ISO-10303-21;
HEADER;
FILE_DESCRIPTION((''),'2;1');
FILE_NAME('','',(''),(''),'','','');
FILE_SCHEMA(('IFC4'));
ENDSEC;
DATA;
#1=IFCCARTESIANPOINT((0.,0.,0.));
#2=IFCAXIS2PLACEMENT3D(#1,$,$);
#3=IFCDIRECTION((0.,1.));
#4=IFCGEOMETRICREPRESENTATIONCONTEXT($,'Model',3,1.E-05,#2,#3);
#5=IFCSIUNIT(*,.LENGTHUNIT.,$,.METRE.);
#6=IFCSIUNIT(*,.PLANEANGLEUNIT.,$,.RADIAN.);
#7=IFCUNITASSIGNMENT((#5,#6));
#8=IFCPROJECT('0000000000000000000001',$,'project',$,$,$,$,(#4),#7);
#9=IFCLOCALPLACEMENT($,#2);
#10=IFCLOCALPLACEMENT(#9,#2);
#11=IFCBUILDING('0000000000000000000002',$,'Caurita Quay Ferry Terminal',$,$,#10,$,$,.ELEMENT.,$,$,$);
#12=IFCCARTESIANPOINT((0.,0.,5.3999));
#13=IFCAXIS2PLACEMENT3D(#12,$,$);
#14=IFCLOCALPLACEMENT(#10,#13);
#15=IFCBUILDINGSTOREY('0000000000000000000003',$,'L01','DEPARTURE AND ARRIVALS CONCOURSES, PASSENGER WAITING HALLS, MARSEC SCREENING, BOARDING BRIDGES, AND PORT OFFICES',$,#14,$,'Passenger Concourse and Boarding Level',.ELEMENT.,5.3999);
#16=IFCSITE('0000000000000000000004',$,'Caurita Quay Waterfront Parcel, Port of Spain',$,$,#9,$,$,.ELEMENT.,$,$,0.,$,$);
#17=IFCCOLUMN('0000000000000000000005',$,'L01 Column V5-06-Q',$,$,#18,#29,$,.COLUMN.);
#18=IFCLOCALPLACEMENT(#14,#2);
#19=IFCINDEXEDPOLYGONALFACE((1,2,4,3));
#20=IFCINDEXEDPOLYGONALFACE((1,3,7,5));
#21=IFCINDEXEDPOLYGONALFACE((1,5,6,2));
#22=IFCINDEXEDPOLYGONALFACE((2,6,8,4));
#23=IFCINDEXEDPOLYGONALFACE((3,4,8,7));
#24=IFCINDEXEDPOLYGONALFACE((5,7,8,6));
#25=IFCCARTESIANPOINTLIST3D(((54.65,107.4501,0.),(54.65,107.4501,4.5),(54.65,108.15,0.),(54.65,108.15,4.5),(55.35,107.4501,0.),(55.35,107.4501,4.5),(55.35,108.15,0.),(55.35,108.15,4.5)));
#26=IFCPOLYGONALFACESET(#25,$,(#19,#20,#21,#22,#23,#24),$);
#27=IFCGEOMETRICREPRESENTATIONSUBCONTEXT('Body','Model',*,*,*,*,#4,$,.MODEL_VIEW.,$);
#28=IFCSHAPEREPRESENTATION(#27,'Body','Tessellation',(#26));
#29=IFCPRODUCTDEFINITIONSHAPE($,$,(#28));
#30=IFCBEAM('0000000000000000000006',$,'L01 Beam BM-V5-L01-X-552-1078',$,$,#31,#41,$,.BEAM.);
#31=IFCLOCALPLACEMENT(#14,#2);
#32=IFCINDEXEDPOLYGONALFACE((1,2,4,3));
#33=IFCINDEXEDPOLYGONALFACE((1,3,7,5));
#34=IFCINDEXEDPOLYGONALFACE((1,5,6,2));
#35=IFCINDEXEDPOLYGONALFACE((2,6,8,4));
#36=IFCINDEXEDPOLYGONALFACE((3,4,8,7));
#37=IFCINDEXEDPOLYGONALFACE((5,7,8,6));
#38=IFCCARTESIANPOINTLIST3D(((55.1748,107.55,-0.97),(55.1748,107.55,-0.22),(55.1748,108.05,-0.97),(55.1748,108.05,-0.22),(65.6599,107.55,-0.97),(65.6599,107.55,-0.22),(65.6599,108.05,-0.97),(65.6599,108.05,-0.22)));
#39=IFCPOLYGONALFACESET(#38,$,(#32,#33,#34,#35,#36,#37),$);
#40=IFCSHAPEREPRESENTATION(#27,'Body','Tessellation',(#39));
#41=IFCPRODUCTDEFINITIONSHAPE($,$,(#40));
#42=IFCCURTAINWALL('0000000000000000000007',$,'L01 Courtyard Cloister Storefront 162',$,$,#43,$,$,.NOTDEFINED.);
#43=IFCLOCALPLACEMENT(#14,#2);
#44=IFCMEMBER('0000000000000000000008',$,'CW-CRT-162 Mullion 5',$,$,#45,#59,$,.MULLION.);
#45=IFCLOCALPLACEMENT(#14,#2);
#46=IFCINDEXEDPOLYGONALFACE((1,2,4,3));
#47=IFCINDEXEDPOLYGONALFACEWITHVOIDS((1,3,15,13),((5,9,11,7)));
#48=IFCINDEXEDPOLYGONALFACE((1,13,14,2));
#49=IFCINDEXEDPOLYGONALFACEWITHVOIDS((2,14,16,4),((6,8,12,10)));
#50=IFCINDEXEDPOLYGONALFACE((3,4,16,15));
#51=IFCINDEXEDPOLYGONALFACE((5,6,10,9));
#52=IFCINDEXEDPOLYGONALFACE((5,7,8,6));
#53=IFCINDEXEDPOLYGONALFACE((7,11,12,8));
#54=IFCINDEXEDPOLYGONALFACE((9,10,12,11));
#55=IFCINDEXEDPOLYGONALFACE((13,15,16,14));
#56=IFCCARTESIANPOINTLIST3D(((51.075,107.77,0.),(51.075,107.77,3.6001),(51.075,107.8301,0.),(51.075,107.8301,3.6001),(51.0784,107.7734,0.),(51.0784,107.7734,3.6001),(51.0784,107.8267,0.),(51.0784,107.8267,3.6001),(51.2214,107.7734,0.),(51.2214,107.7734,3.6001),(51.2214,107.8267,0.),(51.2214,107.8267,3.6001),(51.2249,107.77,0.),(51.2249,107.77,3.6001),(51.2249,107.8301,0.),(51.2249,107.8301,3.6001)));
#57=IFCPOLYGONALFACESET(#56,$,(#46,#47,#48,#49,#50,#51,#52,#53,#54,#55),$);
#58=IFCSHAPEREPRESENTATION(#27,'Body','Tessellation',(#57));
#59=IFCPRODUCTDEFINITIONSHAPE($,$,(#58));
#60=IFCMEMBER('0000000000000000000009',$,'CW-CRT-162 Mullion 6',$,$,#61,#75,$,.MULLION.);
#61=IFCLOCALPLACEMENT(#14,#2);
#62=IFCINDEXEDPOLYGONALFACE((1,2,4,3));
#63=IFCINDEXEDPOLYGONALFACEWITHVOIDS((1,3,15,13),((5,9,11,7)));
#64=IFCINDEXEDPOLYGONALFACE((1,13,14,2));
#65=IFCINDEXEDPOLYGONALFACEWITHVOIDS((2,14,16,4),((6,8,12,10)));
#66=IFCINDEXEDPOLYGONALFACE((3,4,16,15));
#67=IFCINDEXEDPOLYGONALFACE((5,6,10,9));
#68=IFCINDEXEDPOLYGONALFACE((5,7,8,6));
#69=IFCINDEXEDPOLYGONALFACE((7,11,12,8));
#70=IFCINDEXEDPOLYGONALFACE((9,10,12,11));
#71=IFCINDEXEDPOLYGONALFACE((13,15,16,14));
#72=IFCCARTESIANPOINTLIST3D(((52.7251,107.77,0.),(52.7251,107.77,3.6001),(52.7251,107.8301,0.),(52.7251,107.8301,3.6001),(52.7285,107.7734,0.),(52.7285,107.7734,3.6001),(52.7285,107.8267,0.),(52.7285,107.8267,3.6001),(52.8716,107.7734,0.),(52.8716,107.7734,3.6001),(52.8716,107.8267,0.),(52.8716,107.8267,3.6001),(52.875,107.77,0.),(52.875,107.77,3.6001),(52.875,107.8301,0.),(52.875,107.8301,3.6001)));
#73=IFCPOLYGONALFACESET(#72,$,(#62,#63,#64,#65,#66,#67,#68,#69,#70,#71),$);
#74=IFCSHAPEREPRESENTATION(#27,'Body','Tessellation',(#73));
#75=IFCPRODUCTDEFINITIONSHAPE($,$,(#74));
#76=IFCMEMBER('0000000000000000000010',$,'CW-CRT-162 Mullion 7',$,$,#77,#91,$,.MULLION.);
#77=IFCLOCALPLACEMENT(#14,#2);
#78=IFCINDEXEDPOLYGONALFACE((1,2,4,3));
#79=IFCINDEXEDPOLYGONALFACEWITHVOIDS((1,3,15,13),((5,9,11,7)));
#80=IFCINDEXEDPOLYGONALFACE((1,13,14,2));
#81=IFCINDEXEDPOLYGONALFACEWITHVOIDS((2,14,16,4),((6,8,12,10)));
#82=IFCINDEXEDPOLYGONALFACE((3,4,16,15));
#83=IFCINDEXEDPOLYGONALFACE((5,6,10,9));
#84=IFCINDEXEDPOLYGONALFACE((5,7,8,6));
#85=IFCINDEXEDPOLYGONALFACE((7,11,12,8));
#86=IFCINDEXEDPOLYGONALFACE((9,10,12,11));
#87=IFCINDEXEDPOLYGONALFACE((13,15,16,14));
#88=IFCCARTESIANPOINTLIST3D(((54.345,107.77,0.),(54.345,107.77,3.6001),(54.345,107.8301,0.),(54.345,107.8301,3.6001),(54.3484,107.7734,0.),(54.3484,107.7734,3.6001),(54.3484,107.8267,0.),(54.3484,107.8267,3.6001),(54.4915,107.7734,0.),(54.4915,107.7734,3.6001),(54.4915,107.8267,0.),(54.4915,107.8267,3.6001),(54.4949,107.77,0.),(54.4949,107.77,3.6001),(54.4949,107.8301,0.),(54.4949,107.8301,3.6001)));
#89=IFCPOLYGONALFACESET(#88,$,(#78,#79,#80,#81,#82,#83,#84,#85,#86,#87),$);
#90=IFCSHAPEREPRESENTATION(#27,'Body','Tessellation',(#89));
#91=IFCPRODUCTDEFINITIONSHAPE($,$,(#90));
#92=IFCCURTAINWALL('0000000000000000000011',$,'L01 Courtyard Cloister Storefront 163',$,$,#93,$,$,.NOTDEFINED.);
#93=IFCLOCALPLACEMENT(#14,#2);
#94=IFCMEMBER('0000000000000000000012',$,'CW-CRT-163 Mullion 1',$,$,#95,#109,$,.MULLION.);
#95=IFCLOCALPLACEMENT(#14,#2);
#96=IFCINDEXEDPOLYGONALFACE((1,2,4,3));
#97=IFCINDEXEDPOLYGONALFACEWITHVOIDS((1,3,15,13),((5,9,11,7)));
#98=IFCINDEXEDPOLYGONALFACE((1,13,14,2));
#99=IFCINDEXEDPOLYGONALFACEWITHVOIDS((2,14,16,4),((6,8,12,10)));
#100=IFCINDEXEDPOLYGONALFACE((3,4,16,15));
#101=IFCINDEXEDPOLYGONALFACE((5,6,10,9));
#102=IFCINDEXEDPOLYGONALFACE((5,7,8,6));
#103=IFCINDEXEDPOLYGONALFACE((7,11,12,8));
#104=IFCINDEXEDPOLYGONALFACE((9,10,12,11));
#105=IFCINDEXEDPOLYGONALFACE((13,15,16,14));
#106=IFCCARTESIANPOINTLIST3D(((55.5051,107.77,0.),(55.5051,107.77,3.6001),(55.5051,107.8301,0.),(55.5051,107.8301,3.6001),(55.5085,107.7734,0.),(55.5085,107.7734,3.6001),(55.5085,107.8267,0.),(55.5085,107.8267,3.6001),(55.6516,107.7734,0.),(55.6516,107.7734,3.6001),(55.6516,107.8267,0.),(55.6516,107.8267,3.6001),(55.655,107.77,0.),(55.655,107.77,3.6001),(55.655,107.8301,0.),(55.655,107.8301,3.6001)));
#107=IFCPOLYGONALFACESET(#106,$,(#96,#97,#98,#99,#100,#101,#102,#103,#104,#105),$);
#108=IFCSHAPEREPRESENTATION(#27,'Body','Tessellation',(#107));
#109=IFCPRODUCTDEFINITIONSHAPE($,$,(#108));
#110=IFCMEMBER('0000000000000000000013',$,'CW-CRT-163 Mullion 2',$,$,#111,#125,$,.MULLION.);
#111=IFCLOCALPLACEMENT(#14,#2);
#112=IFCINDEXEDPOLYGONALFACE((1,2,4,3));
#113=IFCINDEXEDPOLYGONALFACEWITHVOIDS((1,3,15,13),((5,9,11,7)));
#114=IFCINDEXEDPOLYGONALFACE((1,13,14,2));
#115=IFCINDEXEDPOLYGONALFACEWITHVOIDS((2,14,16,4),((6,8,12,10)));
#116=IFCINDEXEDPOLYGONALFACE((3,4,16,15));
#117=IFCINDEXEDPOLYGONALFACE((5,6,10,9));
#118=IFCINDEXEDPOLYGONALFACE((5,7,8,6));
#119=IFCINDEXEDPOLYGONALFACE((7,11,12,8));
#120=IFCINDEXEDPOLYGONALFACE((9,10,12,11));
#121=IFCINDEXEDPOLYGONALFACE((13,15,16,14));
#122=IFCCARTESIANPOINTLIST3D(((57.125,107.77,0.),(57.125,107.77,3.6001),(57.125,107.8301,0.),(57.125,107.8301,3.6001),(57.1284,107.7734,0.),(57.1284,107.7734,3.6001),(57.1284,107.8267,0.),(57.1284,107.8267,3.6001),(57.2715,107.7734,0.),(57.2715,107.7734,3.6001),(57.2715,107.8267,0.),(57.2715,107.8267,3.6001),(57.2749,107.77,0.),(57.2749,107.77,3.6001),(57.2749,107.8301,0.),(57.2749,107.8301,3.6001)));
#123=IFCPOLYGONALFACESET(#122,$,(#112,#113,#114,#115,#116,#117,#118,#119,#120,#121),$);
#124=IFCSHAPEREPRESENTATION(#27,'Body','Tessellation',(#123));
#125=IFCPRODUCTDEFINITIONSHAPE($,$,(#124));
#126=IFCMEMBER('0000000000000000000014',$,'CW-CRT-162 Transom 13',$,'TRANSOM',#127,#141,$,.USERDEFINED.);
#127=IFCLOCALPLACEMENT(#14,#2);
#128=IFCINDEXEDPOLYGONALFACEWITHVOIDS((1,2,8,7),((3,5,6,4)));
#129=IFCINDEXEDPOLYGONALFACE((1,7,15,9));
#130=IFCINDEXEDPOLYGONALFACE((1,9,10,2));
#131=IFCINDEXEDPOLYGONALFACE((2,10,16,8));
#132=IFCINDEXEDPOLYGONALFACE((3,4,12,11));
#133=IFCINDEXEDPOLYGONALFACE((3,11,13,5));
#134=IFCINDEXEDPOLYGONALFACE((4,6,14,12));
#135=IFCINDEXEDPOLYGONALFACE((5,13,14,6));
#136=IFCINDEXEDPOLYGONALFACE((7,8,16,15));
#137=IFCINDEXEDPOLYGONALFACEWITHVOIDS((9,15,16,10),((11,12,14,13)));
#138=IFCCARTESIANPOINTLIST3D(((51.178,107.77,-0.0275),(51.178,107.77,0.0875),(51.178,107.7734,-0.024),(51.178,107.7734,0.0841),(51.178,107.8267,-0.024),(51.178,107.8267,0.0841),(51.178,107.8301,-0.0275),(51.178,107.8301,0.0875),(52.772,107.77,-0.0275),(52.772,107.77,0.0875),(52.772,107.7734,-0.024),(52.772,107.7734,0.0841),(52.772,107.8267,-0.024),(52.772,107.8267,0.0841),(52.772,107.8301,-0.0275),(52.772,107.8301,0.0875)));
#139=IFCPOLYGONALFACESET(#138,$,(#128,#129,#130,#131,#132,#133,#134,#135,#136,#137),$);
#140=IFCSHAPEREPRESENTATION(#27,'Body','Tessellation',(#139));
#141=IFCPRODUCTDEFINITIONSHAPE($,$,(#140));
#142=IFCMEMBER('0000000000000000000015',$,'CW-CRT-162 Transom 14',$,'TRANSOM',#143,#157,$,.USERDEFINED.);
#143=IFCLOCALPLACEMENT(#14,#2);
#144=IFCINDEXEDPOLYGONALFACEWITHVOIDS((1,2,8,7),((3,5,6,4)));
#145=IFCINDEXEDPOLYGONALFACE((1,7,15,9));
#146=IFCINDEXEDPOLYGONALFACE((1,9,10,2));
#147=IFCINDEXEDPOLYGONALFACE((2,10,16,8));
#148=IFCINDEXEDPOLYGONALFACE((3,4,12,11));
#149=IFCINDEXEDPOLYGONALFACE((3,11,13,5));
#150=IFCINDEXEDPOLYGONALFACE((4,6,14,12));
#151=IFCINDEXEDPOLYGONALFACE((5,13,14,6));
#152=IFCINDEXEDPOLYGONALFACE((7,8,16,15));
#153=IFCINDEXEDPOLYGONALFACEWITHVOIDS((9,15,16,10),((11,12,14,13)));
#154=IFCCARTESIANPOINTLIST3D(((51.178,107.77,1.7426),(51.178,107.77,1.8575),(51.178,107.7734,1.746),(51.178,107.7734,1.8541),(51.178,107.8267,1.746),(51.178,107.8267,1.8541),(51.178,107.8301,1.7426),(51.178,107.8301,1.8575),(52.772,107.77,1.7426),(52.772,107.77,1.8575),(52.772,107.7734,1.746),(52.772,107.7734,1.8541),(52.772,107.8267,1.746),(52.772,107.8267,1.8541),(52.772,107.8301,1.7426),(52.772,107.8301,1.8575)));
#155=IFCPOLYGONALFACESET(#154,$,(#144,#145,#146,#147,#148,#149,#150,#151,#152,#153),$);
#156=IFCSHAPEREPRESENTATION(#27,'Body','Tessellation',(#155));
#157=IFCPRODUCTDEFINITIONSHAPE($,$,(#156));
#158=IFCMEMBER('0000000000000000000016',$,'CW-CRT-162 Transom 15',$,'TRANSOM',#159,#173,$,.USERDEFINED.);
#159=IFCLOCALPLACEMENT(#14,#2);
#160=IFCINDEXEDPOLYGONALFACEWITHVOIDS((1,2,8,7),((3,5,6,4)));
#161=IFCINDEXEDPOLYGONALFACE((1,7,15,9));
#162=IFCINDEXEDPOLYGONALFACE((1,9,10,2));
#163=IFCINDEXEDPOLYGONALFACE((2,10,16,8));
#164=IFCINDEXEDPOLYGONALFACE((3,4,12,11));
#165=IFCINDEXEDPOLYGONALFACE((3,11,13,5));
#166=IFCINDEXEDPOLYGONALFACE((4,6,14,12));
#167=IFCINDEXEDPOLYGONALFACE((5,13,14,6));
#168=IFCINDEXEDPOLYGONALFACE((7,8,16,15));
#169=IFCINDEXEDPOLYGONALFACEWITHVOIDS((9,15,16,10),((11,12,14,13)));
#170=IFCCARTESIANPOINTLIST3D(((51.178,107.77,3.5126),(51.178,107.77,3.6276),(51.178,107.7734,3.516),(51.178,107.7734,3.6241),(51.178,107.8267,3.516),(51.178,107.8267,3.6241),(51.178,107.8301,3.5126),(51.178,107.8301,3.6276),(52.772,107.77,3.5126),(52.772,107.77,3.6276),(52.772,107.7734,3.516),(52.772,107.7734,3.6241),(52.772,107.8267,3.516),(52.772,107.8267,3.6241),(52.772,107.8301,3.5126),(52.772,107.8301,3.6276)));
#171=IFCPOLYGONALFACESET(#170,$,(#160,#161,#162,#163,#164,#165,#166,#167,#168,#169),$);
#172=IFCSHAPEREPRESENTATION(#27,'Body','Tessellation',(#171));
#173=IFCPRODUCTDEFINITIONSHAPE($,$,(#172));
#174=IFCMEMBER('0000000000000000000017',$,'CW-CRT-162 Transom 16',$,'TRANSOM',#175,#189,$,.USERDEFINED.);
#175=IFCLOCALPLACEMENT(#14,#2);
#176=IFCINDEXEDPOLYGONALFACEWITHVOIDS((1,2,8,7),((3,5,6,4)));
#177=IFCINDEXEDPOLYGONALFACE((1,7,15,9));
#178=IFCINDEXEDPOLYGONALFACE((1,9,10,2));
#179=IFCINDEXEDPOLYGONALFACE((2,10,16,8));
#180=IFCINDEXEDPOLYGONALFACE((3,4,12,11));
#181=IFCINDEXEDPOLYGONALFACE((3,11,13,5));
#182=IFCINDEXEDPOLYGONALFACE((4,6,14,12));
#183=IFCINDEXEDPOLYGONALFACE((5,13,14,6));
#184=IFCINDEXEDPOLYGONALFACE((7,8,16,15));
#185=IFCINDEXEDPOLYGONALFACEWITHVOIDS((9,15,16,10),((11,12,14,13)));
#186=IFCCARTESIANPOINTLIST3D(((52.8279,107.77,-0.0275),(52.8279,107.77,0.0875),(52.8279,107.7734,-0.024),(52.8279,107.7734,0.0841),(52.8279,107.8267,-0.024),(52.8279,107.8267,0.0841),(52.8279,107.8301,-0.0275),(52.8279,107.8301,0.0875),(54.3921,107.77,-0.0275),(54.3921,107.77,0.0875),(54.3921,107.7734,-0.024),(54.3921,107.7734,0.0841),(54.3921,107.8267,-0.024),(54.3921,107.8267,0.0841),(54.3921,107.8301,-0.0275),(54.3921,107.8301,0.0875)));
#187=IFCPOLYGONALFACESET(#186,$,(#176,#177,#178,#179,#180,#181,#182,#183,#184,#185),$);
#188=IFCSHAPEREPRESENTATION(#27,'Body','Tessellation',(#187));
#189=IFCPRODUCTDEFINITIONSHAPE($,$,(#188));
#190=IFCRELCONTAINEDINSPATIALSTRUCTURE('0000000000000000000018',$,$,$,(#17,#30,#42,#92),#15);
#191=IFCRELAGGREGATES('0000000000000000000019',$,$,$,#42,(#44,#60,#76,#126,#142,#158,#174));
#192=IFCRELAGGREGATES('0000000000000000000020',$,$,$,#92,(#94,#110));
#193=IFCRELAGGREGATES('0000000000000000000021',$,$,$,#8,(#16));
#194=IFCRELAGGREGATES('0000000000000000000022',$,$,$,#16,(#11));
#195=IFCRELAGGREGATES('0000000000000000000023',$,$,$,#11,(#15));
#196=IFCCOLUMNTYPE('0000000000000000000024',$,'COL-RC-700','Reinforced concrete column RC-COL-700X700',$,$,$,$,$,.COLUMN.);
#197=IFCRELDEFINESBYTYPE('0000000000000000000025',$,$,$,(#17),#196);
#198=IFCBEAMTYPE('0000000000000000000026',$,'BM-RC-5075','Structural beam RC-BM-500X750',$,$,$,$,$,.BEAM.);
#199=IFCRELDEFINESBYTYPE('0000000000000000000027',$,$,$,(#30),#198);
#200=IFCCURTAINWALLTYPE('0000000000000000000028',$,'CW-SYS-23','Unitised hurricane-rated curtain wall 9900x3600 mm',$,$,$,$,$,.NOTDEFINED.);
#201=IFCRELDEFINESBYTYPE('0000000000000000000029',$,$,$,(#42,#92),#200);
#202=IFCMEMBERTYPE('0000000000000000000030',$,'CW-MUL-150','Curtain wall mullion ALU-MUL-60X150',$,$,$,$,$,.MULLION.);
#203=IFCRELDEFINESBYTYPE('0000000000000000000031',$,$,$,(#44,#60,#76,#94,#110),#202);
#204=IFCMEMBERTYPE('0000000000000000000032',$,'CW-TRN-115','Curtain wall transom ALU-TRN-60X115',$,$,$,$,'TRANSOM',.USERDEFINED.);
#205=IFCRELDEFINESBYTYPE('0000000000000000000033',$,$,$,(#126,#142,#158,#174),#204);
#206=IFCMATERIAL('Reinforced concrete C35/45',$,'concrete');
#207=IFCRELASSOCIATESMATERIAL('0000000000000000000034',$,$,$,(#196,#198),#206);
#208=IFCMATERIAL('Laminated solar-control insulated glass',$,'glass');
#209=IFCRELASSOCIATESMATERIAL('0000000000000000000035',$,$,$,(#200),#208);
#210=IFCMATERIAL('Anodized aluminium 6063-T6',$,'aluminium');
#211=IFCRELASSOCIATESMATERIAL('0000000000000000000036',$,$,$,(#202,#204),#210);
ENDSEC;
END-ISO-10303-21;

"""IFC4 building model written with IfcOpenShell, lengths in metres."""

from ifc_helpers import new_model, si_unit, direction, frame, origin, origin_2d, place, context, subcontext, project, spatial, rectangle, hollow_rectangle, extrude, material, material_profile, profile_set, type_object, element, aggregate, save


model = new_model("IFC4")

# Units and contexts
model_context = context("Model", 3, precision=1e-05, world=origin(), true_north=direction((0.0, 1.0)))
body_context = subcontext(model_context, "Body", "Model", "MODEL_VIEW")
ifc_project = project(units=[si_unit("LENGTHUNIT", "METRE"), si_unit("PLANEANGLEUNIT", "RADIAN")], contexts=[model_context])

# Site, building, storey
site_placement = place(None, origin())
site = spatial("IfcSite", under=ifc_project, at=site_placement, Name="Caurita Quay Waterfront Parcel, Port of Spain", CompositionType="ELEMENT", RefElevation=0.0)
building_placement = place(site_placement, origin())
building = spatial("IfcBuilding", under=site, at=building_placement, Name="Caurita Quay Ferry Terminal", CompositionType="ELEMENT")
storey_placement = place(building_placement, frame((0.0, 0.0, 5.3999)))
storey = spatial("IfcBuildingStorey", under=building, at=storey_placement, Name="L01", Description="DEPARTURE AND ARRIVALS CONCOURSES, PASSENGER WAITING HALLS, MARSEC SCREENING, BOARDING BRIDGES, AND PORT OFFICES", LongName="Passenger Concourse and Boarding Level", CompositionType="ELEMENT", Elevation=5.3999)

# Column
ifc_material_1 = material(Name="Reinforced concrete C35/45", Category="concrete")
ifc_material_profile_1 = material_profile(ifc_material_1, rectangle(XDim=0.7, YDim=0.7, at=origin_2d()), Name="RC-COL-700X700")
ifc_profile_set_1 = profile_set([ifc_material_profile_1], Name="Reinforced concrete C35/45")
column_type = type_object("IfcColumnType", Name="COL-RC-700", Description="Reinforced concrete column RC-COL-700X700", PredefinedType="COLUMN", material=ifc_profile_set_1)
column_placement = place(storey_placement, frame((55.0, 107.8, 0.0), z_axis=(0.0, 0.0, 1.0), x_axis=(1.0, 0.0, 0.0)))
element("IfcColumn", 1, at=column_placement, inside=storey, type_object=column_type, Name="L01 Column V5-06-Q", PredefinedType="COLUMN", context=body_context, shape_type="SweptSolid", body=[
    extrude(rectangle(XDim=0.7, YDim=0.7, at=origin_2d()), origin(), (0.0, 0.0, 1.0), 4.5),
])

# Beam
ifc_material_profile_2 = material_profile(ifc_material_1, rectangle(XDim=0.5, YDim=0.75, at=origin_2d()), Name="RC-BM-500X750")
ifc_profile_set_2 = profile_set([ifc_material_profile_2], Name="Reinforced concrete C35/45")
beam_type = type_object("IfcBeamType", Name="BM-RC-5075", Description="Structural beam RC-BM-500X750", PredefinedType="BEAM", material=ifc_profile_set_2)
beam_placement = place(storey_placement, frame((55.1748, 107.8, -0.595), z_axis=(1.0, 0.0, 0.0), x_axis=(0.0, 1.0, 0.0)))
element("IfcBeam", 2, at=beam_placement, inside=storey, type_object=beam_type, Name="L01 Beam BM-V5-L01-X-552-1078", PredefinedType="BEAM", context=body_context, shape_type="SweptSolid", body=[
    extrude(rectangle(XDim=0.5, YDim=0.75, at=origin_2d()), origin(), (0.0, 0.0, 1.0), 10.4851),
])

# Curtain walls, members
ifc_material_2 = material(Name="Laminated solar-control insulated glass", Category="glass")
curtain_wall_type = type_object("IfcCurtainWallType", Name="CW-SYS-23", Description="Unitised hurricane-rated curtain wall 9900x3600 mm", PredefinedType="NOTDEFINED", material=ifc_material_2)
curtain_wall_1_placement = place(storey_placement, origin())
curtain_wall_1 = element("IfcCurtainWall", 3, at=curtain_wall_1_placement, inside=storey, type_object=curtain_wall_type, Name="L01 Courtyard Cloister Storefront 162", PredefinedType="NOTDEFINED")
ifc_material_3 = material(Name="Anodized aluminium 6063-T6", Category="aluminium")
ifc_material_profile_3 = material_profile(ifc_material_3, hollow_rectangle(XDim=0.0601, YDim=0.1499, WallThickness=0.0034, at=origin_2d()), Name="ALU-MUL-60X150")
ifc_profile_set_3 = profile_set([ifc_material_profile_3], Name="Anodized aluminium 6063-T6")
member_type_1 = type_object("IfcMemberType", Name="CW-MUL-150", Description="Curtain wall mullion ALU-MUL-60X150", PredefinedType="MULLION", material=ifc_profile_set_3)
member_1_placement = place(storey_placement, frame((51.1499, 107.8, 0.0), z_axis=(0.0, 0.0, 1.0), x_axis=(0.0, 1.0, 0.0)))
member_1 = element("IfcMember", 4, at=member_1_placement, type_object=member_type_1, Name="CW-CRT-162 Mullion 5", PredefinedType="MULLION", context=body_context, shape_type="SweptSolid", body=[
    extrude(hollow_rectangle(XDim=0.0601, YDim=0.1499, WallThickness=0.0034, at=origin_2d()), origin(), (0.0, 0.0, 1.0), 3.6001),
])
member_2_placement = place(storey_placement, frame((52.8, 107.8, 0.0), z_axis=(0.0, 0.0, 1.0), x_axis=(0.0, 1.0, 0.0)))
member_2 = element("IfcMember", 5, at=member_2_placement, type_object=member_type_1, Name="CW-CRT-162 Mullion 6", PredefinedType="MULLION", context=body_context, shape_type="SweptSolid", body=[
    extrude(hollow_rectangle(XDim=0.0601, YDim=0.1499, WallThickness=0.0034, at=origin_2d()), origin(), (0.0, 0.0, 1.0), 3.6001),
])
member_3_placement = place(storey_placement, frame((54.4199, 107.8, 0.0), z_axis=(0.0, 0.0, 1.0), x_axis=(0.0, 1.0, 0.0)))
member_3 = element("IfcMember", 6, at=member_3_placement, type_object=member_type_1, Name="CW-CRT-162 Mullion 7", PredefinedType="MULLION", context=body_context, shape_type="SweptSolid", body=[
    extrude(hollow_rectangle(XDim=0.0601, YDim=0.1499, WallThickness=0.0034, at=origin_2d()), origin(), (0.0, 0.0, 1.0), 3.6001),
])
curtain_wall_2_placement = place(storey_placement, origin())
curtain_wall_2 = element("IfcCurtainWall", 7, at=curtain_wall_2_placement, inside=storey, type_object=curtain_wall_type, Name="L01 Courtyard Cloister Storefront 163", PredefinedType="NOTDEFINED")
member_4_placement = place(storey_placement, frame((55.5801, 107.8, 0.0), z_axis=(0.0, 0.0, 1.0), x_axis=(0.0, 1.0, 0.0)))
member_4 = element("IfcMember", 8, at=member_4_placement, type_object=member_type_1, Name="CW-CRT-163 Mullion 1", PredefinedType="MULLION", context=body_context, shape_type="SweptSolid", body=[
    extrude(hollow_rectangle(XDim=0.0601, YDim=0.1499, WallThickness=0.0034, at=origin_2d()), origin(), (0.0, 0.0, 1.0), 3.6001),
])
member_5_placement = place(storey_placement, frame((57.2, 107.8, 0.0), z_axis=(0.0, 0.0, 1.0), x_axis=(0.0, 1.0, 0.0)))
member_5 = element("IfcMember", 9, at=member_5_placement, type_object=member_type_1, Name="CW-CRT-163 Mullion 2", PredefinedType="MULLION", context=body_context, shape_type="SweptSolid", body=[
    extrude(hollow_rectangle(XDim=0.0601, YDim=0.1499, WallThickness=0.0034, at=origin_2d()), origin(), (0.0, 0.0, 1.0), 3.6001),
])

# Members
ifc_material_profile_4 = material_profile(ifc_material_3, hollow_rectangle(XDim=0.0601, YDim=0.115, WallThickness=0.0034, at=origin_2d()), Name="ALU-TRN-60X115")
ifc_profile_set_4 = profile_set([ifc_material_profile_4], Name="Anodized aluminium 6063-T6")
member_type_2 = type_object("IfcMemberType", Name="CW-TRN-115", Description="Curtain wall transom ALU-TRN-60X115", ElementType="TRANSOM", PredefinedType="USERDEFINED", material=ifc_profile_set_4)
member_6_placement = place(storey_placement, frame((51.178, 107.8, 0.03), z_axis=(1.0, 0.0, 0.0), x_axis=(0.0, 1.0, 0.0)))
member_6 = element("IfcMember", 10, at=member_6_placement, type_object=member_type_2, Name="CW-CRT-162 Transom 13", ObjectType="TRANSOM", PredefinedType="USERDEFINED", context=body_context, shape_type="SweptSolid", body=[
    extrude(hollow_rectangle(XDim=0.0601, YDim=0.115, WallThickness=0.0034, at=origin_2d()), origin(), (0.0, 0.0, 1.0), 1.594),
])
member_7_placement = place(storey_placement, frame((51.178, 107.8, 1.8), z_axis=(1.0, 0.0, 0.0), x_axis=(0.0, 1.0, 0.0)))
member_7 = element("IfcMember", 11, at=member_7_placement, type_object=member_type_2, Name="CW-CRT-162 Transom 14", ObjectType="TRANSOM", PredefinedType="USERDEFINED", context=body_context, shape_type="SweptSolid", body=[
    extrude(hollow_rectangle(XDim=0.0601, YDim=0.115, WallThickness=0.0034, at=origin_2d()), origin(), (0.0, 0.0, 1.0), 1.594),
])
member_8_placement = place(storey_placement, frame((51.178, 107.8, 3.5701), z_axis=(1.0, 0.0, 0.0), x_axis=(0.0, 1.0, 0.0)))
member_8 = element("IfcMember", 12, at=member_8_placement, type_object=member_type_2, Name="CW-CRT-162 Transom 15", ObjectType="TRANSOM", PredefinedType="USERDEFINED", context=body_context, shape_type="SweptSolid", body=[
    extrude(hollow_rectangle(XDim=0.0601, YDim=0.115, WallThickness=0.0034, at=origin_2d()), origin(), (0.0, 0.0, 1.0), 1.594),
])
member_9_placement = place(storey_placement, frame((52.8279, 107.8, 0.03), z_axis=(1.0, 0.0, 0.0), x_axis=(0.0, 1.0, 0.0)))
member_9 = element("IfcMember", 13, at=member_9_placement, type_object=member_type_2, Name="CW-CRT-162 Transom 16", ObjectType="TRANSOM", PredefinedType="USERDEFINED", context=body_context, shape_type="SweptSolid", body=[
    extrude(hollow_rectangle(XDim=0.0601, YDim=0.115, WallThickness=0.0034, at=origin_2d()), origin(), (0.0, 0.0, 1.0), 1.5642),
])

aggregate(curtain_wall_1, [member_1, member_2, member_3, member_6, member_7, member_8, member_9])
aggregate(curtain_wall_2, [member_4, member_5])

save(model, "model.ifc")
